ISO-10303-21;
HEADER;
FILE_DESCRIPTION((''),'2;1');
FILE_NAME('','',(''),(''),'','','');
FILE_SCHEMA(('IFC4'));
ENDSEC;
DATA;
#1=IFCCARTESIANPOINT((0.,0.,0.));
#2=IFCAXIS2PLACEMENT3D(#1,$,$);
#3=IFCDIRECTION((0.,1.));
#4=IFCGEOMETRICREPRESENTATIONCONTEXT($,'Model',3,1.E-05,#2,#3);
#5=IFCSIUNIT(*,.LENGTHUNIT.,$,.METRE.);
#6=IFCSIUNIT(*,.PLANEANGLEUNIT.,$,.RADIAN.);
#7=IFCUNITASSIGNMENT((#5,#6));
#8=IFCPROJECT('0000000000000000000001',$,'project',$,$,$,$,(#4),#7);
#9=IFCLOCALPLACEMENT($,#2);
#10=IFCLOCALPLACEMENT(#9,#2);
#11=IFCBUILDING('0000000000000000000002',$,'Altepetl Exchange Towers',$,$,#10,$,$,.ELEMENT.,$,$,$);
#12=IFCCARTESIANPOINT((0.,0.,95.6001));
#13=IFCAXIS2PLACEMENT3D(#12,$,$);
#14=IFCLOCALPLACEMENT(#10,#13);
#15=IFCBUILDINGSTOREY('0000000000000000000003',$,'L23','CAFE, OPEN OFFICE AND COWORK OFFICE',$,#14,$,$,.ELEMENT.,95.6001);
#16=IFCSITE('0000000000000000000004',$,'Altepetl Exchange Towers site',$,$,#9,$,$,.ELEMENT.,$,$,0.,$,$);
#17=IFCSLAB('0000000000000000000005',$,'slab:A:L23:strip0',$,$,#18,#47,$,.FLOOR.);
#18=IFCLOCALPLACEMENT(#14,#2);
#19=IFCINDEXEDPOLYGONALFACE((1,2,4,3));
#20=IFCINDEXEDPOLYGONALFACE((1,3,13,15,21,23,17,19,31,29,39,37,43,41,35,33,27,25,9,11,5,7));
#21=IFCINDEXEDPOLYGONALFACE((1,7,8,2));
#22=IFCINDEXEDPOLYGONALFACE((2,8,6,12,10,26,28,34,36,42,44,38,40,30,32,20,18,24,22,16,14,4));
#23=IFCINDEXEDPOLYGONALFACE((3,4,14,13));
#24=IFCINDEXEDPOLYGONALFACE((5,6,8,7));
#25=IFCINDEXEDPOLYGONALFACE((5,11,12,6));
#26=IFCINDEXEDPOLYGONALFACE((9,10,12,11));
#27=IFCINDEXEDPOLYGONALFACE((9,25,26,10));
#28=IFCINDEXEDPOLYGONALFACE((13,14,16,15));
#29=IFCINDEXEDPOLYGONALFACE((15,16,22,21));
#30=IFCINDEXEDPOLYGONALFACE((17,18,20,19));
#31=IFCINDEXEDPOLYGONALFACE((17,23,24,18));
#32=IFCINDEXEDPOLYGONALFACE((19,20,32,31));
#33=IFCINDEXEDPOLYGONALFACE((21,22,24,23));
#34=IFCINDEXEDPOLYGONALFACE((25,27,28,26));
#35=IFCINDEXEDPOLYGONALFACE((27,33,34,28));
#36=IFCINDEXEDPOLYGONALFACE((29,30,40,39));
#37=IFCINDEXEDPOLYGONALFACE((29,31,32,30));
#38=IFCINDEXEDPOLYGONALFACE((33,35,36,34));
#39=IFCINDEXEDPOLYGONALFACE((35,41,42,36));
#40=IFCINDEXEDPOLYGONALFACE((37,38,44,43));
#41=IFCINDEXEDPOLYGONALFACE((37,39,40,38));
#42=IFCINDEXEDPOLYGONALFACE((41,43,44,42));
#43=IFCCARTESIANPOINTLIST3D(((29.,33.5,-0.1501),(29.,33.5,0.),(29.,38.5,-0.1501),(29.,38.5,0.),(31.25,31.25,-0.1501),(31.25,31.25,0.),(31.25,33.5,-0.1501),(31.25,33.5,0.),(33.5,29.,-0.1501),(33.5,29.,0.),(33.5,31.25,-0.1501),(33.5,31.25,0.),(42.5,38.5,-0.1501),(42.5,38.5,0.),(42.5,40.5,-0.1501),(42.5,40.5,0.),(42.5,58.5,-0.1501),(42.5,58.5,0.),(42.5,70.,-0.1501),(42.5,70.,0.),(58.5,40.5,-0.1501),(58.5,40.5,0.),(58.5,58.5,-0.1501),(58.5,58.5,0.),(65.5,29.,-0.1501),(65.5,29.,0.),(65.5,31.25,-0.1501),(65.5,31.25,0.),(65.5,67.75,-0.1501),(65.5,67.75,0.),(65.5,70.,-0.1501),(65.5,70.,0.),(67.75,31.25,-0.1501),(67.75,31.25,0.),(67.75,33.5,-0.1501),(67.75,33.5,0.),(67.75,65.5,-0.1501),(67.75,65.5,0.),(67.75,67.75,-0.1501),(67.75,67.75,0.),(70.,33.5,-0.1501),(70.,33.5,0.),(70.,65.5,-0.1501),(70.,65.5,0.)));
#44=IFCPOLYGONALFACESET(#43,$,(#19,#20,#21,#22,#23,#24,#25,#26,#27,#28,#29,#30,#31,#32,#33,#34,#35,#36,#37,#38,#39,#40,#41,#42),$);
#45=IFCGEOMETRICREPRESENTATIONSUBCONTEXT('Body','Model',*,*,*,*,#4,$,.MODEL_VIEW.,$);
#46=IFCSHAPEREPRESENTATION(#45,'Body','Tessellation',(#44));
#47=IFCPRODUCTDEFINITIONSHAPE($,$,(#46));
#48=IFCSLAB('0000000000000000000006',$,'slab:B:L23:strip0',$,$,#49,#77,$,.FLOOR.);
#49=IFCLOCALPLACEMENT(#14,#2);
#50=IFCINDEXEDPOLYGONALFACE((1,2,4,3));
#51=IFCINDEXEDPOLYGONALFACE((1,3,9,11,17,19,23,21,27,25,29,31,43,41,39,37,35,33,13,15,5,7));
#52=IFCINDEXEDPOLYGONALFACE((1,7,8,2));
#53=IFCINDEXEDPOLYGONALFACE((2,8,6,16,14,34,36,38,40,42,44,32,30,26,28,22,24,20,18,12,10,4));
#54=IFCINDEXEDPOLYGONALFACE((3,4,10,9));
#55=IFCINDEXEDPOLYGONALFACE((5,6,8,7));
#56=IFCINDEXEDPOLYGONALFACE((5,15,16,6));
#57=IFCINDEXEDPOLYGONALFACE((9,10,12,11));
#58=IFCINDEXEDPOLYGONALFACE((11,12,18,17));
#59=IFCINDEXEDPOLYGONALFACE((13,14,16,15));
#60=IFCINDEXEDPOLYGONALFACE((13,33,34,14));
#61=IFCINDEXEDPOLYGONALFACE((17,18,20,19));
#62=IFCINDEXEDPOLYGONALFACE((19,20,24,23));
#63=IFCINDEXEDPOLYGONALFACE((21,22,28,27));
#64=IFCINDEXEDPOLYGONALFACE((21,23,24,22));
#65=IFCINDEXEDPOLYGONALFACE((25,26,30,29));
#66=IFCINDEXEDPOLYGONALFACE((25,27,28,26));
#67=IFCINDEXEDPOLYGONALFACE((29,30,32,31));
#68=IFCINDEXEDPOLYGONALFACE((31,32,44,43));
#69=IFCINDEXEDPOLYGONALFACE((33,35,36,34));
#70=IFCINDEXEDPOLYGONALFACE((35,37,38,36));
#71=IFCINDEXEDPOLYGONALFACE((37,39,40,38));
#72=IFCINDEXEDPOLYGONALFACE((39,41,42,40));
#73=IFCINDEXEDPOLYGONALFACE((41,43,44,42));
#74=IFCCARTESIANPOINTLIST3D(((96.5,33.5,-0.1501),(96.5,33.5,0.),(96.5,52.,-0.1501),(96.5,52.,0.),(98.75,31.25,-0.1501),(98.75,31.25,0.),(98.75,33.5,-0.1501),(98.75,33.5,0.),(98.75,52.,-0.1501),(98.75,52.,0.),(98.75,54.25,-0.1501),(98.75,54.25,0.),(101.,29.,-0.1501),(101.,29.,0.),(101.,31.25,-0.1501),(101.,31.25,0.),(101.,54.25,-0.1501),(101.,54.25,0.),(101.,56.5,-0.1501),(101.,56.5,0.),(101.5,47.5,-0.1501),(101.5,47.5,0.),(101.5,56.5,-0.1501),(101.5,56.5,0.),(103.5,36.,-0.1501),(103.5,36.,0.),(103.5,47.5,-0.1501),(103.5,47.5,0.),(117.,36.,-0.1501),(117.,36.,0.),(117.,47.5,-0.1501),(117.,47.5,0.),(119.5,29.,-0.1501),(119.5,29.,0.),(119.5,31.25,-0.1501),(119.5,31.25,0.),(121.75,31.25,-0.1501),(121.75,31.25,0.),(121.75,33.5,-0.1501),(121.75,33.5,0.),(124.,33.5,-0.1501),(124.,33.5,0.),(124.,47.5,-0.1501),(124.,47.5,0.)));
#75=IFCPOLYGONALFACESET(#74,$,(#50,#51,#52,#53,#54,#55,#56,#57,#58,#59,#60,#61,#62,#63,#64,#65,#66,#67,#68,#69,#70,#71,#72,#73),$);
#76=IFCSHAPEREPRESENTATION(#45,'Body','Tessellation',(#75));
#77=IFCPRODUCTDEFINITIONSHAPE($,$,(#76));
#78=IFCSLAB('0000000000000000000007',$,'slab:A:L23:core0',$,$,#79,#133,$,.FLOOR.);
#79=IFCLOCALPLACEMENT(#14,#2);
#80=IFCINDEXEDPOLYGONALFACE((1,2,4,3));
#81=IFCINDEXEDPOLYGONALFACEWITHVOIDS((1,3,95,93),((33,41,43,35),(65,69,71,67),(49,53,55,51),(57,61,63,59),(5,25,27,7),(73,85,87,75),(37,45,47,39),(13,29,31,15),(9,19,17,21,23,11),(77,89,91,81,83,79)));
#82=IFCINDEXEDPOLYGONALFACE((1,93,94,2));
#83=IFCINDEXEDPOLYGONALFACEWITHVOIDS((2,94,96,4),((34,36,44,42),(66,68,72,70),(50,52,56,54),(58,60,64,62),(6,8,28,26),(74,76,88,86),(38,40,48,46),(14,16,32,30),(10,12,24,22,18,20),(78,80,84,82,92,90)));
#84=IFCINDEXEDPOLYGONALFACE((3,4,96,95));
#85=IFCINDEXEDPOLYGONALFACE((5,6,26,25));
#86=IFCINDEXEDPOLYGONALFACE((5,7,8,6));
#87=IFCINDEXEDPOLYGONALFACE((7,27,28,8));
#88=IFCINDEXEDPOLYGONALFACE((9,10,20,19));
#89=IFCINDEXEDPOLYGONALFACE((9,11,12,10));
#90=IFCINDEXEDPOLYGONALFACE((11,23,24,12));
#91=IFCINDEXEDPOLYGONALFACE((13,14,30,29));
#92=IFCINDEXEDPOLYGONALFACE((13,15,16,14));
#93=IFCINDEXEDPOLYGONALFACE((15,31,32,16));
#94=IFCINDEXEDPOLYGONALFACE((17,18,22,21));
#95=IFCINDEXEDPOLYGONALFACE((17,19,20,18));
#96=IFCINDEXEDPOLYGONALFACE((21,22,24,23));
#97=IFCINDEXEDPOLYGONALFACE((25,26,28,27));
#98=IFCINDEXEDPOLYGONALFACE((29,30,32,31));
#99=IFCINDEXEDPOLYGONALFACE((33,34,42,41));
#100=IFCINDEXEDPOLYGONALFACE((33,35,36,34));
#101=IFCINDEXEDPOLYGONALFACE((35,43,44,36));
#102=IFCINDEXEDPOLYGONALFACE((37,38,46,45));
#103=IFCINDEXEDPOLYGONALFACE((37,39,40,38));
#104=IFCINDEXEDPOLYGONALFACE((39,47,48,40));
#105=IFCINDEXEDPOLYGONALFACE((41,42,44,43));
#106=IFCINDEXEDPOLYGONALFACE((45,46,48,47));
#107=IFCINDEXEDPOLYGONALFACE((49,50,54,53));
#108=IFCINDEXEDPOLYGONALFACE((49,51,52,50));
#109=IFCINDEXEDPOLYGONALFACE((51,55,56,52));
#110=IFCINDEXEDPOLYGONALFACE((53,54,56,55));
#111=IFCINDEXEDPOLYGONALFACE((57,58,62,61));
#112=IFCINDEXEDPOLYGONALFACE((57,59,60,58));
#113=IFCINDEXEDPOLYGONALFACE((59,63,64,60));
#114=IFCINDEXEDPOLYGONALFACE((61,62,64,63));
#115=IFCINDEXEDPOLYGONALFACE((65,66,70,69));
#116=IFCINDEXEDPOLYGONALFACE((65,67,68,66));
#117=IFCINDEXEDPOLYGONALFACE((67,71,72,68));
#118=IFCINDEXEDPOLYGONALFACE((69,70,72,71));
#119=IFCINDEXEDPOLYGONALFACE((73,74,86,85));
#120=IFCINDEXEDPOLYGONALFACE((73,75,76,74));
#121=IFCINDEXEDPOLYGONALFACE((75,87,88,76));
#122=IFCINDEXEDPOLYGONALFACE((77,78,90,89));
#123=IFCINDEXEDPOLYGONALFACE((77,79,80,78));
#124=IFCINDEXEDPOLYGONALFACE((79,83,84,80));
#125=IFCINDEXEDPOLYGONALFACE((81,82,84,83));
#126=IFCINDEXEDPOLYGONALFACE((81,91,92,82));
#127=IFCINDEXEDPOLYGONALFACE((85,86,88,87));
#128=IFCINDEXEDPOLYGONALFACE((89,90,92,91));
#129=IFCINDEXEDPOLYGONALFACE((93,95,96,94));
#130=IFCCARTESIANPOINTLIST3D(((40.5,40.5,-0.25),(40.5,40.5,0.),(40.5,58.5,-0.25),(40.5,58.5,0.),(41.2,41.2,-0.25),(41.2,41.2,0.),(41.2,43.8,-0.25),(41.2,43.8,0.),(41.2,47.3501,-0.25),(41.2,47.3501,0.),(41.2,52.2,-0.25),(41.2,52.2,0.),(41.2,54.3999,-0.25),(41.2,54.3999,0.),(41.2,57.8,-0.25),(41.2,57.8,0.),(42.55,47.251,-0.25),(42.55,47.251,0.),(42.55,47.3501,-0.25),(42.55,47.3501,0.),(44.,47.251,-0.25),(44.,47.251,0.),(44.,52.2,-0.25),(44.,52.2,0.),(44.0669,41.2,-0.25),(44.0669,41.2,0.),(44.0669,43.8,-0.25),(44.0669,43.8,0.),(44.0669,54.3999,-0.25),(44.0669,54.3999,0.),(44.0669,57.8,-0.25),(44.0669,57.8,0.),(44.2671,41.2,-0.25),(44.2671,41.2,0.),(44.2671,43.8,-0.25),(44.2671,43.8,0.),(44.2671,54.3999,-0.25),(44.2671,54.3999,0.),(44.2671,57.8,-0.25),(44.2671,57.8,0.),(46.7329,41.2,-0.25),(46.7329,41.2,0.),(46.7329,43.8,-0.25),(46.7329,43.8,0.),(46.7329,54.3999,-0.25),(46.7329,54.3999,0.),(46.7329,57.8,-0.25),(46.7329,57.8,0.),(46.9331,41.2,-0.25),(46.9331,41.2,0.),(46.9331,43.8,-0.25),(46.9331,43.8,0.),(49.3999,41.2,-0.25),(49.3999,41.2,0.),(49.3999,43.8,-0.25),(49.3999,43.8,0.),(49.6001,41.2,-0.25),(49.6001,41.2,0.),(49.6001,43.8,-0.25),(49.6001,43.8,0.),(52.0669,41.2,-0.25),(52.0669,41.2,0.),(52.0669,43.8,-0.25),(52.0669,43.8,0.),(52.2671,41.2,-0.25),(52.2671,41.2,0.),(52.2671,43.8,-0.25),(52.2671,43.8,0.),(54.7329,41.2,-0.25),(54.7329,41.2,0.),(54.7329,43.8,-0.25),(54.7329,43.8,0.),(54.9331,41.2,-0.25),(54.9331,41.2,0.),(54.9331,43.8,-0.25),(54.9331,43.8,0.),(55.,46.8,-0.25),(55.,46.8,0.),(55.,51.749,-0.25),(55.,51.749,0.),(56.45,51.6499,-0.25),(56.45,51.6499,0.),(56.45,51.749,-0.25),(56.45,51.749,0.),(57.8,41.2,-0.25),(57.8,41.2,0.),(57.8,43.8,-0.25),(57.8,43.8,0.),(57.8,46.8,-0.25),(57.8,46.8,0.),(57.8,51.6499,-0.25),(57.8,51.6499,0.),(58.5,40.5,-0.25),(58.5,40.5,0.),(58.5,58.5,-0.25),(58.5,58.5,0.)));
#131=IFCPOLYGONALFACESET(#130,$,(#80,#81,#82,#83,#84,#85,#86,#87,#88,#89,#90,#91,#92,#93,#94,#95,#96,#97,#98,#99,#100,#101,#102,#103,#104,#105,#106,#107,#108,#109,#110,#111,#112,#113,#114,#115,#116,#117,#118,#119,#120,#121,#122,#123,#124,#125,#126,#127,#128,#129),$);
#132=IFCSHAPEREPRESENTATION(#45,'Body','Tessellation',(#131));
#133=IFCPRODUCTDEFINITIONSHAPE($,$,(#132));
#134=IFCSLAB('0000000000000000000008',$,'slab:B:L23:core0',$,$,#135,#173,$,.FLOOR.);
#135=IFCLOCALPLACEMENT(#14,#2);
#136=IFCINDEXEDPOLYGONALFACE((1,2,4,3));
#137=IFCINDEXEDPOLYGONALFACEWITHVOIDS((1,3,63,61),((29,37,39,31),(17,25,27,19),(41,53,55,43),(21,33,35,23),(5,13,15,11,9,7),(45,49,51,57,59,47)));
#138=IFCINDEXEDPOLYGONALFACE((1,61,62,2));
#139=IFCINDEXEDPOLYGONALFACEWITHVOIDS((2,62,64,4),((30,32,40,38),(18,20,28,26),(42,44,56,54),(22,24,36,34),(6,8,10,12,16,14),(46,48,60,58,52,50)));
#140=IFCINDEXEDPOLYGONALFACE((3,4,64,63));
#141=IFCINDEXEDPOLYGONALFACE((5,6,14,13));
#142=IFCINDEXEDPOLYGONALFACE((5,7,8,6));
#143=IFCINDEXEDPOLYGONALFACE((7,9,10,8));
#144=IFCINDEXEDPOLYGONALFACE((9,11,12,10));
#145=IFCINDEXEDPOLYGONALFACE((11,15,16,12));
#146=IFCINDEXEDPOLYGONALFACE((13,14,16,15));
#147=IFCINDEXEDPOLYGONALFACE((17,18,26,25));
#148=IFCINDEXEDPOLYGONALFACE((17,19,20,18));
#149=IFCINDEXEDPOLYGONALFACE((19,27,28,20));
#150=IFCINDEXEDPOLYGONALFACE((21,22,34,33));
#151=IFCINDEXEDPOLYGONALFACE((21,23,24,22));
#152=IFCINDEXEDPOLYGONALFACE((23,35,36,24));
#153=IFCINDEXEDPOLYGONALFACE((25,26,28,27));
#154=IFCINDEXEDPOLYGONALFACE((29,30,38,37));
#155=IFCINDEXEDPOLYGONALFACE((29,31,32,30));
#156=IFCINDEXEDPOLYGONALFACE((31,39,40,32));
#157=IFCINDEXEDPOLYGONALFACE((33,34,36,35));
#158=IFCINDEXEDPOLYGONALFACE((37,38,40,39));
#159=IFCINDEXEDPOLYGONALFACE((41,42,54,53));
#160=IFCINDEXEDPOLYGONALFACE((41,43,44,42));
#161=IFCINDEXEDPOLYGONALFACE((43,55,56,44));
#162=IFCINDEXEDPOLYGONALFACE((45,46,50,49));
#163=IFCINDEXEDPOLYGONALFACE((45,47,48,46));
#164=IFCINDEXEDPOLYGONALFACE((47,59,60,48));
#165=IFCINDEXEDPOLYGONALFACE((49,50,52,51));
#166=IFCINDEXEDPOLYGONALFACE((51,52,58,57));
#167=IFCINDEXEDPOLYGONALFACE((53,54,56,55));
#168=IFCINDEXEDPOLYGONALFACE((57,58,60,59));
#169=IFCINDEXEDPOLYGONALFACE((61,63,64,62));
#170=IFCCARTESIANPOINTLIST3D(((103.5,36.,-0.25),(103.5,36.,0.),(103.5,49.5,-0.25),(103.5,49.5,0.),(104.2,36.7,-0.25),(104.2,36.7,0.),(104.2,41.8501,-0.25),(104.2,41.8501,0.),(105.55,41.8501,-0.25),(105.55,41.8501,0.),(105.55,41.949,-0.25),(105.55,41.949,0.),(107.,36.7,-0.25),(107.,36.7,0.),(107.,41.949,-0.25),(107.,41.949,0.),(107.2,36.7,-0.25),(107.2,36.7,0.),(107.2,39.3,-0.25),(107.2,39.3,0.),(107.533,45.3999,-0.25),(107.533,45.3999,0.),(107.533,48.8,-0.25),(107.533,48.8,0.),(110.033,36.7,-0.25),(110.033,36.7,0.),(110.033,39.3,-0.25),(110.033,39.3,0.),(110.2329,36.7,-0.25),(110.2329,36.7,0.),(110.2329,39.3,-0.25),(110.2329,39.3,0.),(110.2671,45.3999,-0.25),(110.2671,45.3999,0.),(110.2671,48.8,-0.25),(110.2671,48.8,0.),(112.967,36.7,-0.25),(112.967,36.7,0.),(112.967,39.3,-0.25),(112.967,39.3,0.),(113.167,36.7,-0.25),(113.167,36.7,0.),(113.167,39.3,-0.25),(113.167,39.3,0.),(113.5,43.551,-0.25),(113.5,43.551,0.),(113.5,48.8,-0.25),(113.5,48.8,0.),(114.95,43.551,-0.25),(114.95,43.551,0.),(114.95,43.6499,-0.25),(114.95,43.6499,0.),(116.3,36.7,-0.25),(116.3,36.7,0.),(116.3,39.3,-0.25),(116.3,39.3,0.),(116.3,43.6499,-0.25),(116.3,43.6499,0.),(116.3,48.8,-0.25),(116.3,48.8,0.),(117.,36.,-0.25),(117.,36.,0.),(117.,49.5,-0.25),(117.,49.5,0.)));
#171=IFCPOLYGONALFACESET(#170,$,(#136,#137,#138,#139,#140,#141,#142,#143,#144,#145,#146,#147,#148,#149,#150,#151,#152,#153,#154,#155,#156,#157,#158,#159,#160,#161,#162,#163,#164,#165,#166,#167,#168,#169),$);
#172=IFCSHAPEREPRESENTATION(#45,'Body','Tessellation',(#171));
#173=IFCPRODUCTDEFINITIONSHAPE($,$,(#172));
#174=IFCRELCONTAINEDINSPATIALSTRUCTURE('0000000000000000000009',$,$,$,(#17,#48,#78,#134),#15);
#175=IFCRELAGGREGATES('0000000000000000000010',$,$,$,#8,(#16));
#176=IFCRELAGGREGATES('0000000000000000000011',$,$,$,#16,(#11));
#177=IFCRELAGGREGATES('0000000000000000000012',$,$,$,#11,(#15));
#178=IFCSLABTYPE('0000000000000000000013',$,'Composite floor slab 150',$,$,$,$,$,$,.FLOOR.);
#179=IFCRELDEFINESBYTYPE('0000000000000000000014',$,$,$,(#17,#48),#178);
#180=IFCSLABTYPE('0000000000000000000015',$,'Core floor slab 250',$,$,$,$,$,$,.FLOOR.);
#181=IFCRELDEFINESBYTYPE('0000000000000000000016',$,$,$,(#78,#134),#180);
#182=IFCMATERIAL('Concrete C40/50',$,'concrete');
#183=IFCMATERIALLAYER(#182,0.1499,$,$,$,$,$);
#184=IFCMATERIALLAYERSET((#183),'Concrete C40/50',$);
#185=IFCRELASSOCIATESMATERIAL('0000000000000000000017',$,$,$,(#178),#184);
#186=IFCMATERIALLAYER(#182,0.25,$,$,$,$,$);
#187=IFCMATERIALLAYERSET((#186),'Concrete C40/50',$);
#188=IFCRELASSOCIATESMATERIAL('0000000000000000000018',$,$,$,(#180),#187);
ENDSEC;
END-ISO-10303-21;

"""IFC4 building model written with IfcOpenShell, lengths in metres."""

from ifc_helpers import new_model, si_unit, direction, frame, origin, place, context, subcontext, project, spatial, polyline, outline, extrude, material, layer, layer_set, type_object, element, save


model = new_model("IFC4")

# Units and contexts
model_context = context("Model", 3, precision=1e-05, world=origin(), true_north=direction((0.0, 1.0)))
body_context = subcontext(model_context, "Body", "Model", "MODEL_VIEW")
ifc_project = project(units=[si_unit("LENGTHUNIT", "METRE"), si_unit("PLANEANGLEUNIT", "RADIAN")], contexts=[model_context])

# Site, building, storey
site_placement = place(None, origin())
site = spatial("IfcSite", under=ifc_project, at=site_placement, Name="Altepetl Exchange Towers site", CompositionType="ELEMENT", RefElevation=0.0)
building_placement = place(site_placement, origin())
building = spatial("IfcBuilding", under=site, at=building_placement, Name="Altepetl Exchange Towers", CompositionType="ELEMENT")
storey_placement = place(building_placement, frame((0.0, 0.0, 95.6001)))
storey = spatial("IfcBuildingStorey", under=building, at=storey_placement, Name="L23", Description="CAFE, OPEN OFFICE AND COWORK OFFICE", CompositionType="ELEMENT", Elevation=95.6001)

# Slabs
ifc_material_1 = material(Name="Concrete C40/50", Category="concrete")
ifc_layer_1 = layer(ifc_material_1, 0.1499)
ifc_layer_set_1 = layer_set([ifc_layer_1], Name="Concrete C40/50")
slab_type_1 = type_object("IfcSlabType", Name="Composite floor slab 150", PredefinedType="FLOOR", material=ifc_layer_set_1)
slab_1_placement = place(storey_placement, frame((0.0, 0.0, -0.1501)))
element("IfcSlab", 1, at=slab_1_placement, inside=storey, type_object=slab_type_1, Name="slab:A:L23:strip0", PredefinedType="FLOOR", context=body_context, shape_type="SweptSolid", body=[
    extrude(outline(polyline([(42.5, 70.0), (42.5, 58.5), (58.5, 58.5), (58.5, 40.5), (42.5, 40.5), (42.5, 38.5), (29.0, 38.5), (29.0, 33.5), (31.25, 33.5), (31.25, 31.25), (33.5, 31.25), (33.5, 29.0), (65.5, 29.0), (65.5, 31.25), (67.75, 31.25), (67.75, 33.5), (70.0, 33.5), (70.0, 65.5), (67.75, 65.5), (67.75, 67.75), (65.5, 67.75), (65.5, 70.0), (42.5, 70.0)])), origin(), (0.0, 0.0, 1.0), 0.1501),
])
slab_2_placement = place(storey_placement, frame((0.0, 0.0, -0.1501)))
element("IfcSlab", 2, at=slab_2_placement, inside=storey, type_object=slab_type_1, Name="slab:B:L23:strip0", PredefinedType="FLOOR", context=body_context, shape_type="SweptSolid", body=[
    extrude(outline(polyline([(98.75, 54.25), (98.75, 52.0), (96.5, 52.0), (96.5, 33.5), (98.75, 33.5), (98.75, 31.25), (101.0, 31.25), (101.0, 29.0), (119.5, 29.0), (119.5, 31.25), (121.75, 31.25), (121.75, 33.5), (124.0, 33.5), (124.0, 47.5), (117.0, 47.5), (117.0, 36.0), (103.5, 36.0), (103.5, 47.5), (101.5, 47.5), (101.5, 56.5), (101.0, 56.5), (101.0, 54.25), (98.75, 54.25)])), origin(), (0.0, 0.0, 1.0), 0.1501),
])
ifc_layer_2 = layer(ifc_material_1, 0.25)
ifc_layer_set_2 = layer_set([ifc_layer_2], Name="Concrete C40/50")
slab_type_2 = type_object("IfcSlabType", Name="Core floor slab 250", PredefinedType="FLOOR", material=ifc_layer_set_2)
slab_3_placement = place(storey_placement, frame((0.0, 0.0, -0.25)))
element("IfcSlab", 3, at=slab_3_placement, inside=storey, type_object=slab_type_2, Name="slab:A:L23:core0", PredefinedType="FLOOR", context=body_context, shape_type="SweptSolid", body=[
    extrude(outline(polyline([(40.5, 40.5), (58.5, 40.5), (58.5, 58.5), (40.5, 58.5), (40.5, 40.5)]), holes=[polyline([(41.2, 43.8), (44.0669, 43.8), (44.0669, 41.2), (41.2, 41.2), (41.2, 43.8)]), polyline([(44.2671, 43.8), (46.7329, 43.8), (46.7329, 41.2), (44.2671, 41.2), (44.2671, 43.8)]), polyline([(46.9331, 43.8), (49.3999, 43.8), (49.3999, 41.2), (46.9331, 41.2), (46.9331, 43.8)]), polyline([(52.0669, 43.8), (52.0669, 41.2), (49.6001, 41.2), (49.6001, 43.8), (52.0669, 43.8)]), polyline([(54.7329, 43.8), (54.7329, 41.2), (52.2671, 41.2), (52.2671, 43.8), (54.7329, 43.8)]), polyline([(54.9331, 43.8), (57.8, 43.8), (57.8, 41.2), (54.9331, 41.2), (54.9331, 43.8)]), polyline([(55.0, 51.749), (56.45, 51.749), (56.45, 51.6499), (57.8, 51.6499), (57.8, 46.8), (55.0, 46.8), (55.0, 51.749)]), polyline([(44.0, 47.251), (42.55, 47.251), (42.55, 47.3501), (41.2, 47.3501), (41.2, 52.2), (44.0, 52.2), (44.0, 47.251)]), polyline([(44.0669, 57.8), (44.0669, 54.3999), (41.2, 54.3999), (41.2, 57.8), (44.0669, 57.8)]), polyline([(46.7329, 57.8), (46.7329, 54.3999), (44.2671, 54.3999), (44.2671, 57.8), (46.7329, 57.8)])]), origin(), (0.0, 0.0, 1.0), 0.25),
])
slab_4_placement = place(storey_placement, frame((0.0, 0.0, -0.25)))
element("IfcSlab", 4, at=slab_4_placement, inside=storey, type_object=slab_type_2, Name="slab:B:L23:core0", PredefinedType="FLOOR", context=body_context, shape_type="SweptSolid", body=[
    extrude(outline(polyline([(103.5, 36.0), (117.0, 36.0), (117.0, 49.5), (103.5, 49.5), (103.5, 36.0)]), holes=[polyline([(107.2, 36.7), (107.2, 39.3), (110.033, 39.3), (110.033, 36.7), (107.2, 36.7)]), polyline([(110.2329, 39.3), (112.967, 39.3), (112.967, 36.7), (110.2329, 36.7), (110.2329, 39.3)]), polyline([(113.167, 39.3), (116.3, 39.3), (116.3, 36.7), (113.167, 36.7), (113.167, 39.3)]), polyline([(107.0, 36.7), (104.2, 36.7), (104.2, 41.8501), (105.55, 41.8501), (105.55, 41.949), (107.0, 41.949), (107.0, 36.7)]), polyline([(116.3, 48.8), (116.3, 43.6499), (114.95, 43.6499), (114.95, 43.551), (113.5, 43.551), (113.5, 48.8), (116.3, 48.8)]), polyline([(107.533, 48.8), (110.2671, 48.8), (110.2671, 45.3999), (107.533, 45.3999), (107.533, 48.8)])]), origin(), (0.0, 0.0, 1.0), 0.25),
])

save(model, "model.ifc")
